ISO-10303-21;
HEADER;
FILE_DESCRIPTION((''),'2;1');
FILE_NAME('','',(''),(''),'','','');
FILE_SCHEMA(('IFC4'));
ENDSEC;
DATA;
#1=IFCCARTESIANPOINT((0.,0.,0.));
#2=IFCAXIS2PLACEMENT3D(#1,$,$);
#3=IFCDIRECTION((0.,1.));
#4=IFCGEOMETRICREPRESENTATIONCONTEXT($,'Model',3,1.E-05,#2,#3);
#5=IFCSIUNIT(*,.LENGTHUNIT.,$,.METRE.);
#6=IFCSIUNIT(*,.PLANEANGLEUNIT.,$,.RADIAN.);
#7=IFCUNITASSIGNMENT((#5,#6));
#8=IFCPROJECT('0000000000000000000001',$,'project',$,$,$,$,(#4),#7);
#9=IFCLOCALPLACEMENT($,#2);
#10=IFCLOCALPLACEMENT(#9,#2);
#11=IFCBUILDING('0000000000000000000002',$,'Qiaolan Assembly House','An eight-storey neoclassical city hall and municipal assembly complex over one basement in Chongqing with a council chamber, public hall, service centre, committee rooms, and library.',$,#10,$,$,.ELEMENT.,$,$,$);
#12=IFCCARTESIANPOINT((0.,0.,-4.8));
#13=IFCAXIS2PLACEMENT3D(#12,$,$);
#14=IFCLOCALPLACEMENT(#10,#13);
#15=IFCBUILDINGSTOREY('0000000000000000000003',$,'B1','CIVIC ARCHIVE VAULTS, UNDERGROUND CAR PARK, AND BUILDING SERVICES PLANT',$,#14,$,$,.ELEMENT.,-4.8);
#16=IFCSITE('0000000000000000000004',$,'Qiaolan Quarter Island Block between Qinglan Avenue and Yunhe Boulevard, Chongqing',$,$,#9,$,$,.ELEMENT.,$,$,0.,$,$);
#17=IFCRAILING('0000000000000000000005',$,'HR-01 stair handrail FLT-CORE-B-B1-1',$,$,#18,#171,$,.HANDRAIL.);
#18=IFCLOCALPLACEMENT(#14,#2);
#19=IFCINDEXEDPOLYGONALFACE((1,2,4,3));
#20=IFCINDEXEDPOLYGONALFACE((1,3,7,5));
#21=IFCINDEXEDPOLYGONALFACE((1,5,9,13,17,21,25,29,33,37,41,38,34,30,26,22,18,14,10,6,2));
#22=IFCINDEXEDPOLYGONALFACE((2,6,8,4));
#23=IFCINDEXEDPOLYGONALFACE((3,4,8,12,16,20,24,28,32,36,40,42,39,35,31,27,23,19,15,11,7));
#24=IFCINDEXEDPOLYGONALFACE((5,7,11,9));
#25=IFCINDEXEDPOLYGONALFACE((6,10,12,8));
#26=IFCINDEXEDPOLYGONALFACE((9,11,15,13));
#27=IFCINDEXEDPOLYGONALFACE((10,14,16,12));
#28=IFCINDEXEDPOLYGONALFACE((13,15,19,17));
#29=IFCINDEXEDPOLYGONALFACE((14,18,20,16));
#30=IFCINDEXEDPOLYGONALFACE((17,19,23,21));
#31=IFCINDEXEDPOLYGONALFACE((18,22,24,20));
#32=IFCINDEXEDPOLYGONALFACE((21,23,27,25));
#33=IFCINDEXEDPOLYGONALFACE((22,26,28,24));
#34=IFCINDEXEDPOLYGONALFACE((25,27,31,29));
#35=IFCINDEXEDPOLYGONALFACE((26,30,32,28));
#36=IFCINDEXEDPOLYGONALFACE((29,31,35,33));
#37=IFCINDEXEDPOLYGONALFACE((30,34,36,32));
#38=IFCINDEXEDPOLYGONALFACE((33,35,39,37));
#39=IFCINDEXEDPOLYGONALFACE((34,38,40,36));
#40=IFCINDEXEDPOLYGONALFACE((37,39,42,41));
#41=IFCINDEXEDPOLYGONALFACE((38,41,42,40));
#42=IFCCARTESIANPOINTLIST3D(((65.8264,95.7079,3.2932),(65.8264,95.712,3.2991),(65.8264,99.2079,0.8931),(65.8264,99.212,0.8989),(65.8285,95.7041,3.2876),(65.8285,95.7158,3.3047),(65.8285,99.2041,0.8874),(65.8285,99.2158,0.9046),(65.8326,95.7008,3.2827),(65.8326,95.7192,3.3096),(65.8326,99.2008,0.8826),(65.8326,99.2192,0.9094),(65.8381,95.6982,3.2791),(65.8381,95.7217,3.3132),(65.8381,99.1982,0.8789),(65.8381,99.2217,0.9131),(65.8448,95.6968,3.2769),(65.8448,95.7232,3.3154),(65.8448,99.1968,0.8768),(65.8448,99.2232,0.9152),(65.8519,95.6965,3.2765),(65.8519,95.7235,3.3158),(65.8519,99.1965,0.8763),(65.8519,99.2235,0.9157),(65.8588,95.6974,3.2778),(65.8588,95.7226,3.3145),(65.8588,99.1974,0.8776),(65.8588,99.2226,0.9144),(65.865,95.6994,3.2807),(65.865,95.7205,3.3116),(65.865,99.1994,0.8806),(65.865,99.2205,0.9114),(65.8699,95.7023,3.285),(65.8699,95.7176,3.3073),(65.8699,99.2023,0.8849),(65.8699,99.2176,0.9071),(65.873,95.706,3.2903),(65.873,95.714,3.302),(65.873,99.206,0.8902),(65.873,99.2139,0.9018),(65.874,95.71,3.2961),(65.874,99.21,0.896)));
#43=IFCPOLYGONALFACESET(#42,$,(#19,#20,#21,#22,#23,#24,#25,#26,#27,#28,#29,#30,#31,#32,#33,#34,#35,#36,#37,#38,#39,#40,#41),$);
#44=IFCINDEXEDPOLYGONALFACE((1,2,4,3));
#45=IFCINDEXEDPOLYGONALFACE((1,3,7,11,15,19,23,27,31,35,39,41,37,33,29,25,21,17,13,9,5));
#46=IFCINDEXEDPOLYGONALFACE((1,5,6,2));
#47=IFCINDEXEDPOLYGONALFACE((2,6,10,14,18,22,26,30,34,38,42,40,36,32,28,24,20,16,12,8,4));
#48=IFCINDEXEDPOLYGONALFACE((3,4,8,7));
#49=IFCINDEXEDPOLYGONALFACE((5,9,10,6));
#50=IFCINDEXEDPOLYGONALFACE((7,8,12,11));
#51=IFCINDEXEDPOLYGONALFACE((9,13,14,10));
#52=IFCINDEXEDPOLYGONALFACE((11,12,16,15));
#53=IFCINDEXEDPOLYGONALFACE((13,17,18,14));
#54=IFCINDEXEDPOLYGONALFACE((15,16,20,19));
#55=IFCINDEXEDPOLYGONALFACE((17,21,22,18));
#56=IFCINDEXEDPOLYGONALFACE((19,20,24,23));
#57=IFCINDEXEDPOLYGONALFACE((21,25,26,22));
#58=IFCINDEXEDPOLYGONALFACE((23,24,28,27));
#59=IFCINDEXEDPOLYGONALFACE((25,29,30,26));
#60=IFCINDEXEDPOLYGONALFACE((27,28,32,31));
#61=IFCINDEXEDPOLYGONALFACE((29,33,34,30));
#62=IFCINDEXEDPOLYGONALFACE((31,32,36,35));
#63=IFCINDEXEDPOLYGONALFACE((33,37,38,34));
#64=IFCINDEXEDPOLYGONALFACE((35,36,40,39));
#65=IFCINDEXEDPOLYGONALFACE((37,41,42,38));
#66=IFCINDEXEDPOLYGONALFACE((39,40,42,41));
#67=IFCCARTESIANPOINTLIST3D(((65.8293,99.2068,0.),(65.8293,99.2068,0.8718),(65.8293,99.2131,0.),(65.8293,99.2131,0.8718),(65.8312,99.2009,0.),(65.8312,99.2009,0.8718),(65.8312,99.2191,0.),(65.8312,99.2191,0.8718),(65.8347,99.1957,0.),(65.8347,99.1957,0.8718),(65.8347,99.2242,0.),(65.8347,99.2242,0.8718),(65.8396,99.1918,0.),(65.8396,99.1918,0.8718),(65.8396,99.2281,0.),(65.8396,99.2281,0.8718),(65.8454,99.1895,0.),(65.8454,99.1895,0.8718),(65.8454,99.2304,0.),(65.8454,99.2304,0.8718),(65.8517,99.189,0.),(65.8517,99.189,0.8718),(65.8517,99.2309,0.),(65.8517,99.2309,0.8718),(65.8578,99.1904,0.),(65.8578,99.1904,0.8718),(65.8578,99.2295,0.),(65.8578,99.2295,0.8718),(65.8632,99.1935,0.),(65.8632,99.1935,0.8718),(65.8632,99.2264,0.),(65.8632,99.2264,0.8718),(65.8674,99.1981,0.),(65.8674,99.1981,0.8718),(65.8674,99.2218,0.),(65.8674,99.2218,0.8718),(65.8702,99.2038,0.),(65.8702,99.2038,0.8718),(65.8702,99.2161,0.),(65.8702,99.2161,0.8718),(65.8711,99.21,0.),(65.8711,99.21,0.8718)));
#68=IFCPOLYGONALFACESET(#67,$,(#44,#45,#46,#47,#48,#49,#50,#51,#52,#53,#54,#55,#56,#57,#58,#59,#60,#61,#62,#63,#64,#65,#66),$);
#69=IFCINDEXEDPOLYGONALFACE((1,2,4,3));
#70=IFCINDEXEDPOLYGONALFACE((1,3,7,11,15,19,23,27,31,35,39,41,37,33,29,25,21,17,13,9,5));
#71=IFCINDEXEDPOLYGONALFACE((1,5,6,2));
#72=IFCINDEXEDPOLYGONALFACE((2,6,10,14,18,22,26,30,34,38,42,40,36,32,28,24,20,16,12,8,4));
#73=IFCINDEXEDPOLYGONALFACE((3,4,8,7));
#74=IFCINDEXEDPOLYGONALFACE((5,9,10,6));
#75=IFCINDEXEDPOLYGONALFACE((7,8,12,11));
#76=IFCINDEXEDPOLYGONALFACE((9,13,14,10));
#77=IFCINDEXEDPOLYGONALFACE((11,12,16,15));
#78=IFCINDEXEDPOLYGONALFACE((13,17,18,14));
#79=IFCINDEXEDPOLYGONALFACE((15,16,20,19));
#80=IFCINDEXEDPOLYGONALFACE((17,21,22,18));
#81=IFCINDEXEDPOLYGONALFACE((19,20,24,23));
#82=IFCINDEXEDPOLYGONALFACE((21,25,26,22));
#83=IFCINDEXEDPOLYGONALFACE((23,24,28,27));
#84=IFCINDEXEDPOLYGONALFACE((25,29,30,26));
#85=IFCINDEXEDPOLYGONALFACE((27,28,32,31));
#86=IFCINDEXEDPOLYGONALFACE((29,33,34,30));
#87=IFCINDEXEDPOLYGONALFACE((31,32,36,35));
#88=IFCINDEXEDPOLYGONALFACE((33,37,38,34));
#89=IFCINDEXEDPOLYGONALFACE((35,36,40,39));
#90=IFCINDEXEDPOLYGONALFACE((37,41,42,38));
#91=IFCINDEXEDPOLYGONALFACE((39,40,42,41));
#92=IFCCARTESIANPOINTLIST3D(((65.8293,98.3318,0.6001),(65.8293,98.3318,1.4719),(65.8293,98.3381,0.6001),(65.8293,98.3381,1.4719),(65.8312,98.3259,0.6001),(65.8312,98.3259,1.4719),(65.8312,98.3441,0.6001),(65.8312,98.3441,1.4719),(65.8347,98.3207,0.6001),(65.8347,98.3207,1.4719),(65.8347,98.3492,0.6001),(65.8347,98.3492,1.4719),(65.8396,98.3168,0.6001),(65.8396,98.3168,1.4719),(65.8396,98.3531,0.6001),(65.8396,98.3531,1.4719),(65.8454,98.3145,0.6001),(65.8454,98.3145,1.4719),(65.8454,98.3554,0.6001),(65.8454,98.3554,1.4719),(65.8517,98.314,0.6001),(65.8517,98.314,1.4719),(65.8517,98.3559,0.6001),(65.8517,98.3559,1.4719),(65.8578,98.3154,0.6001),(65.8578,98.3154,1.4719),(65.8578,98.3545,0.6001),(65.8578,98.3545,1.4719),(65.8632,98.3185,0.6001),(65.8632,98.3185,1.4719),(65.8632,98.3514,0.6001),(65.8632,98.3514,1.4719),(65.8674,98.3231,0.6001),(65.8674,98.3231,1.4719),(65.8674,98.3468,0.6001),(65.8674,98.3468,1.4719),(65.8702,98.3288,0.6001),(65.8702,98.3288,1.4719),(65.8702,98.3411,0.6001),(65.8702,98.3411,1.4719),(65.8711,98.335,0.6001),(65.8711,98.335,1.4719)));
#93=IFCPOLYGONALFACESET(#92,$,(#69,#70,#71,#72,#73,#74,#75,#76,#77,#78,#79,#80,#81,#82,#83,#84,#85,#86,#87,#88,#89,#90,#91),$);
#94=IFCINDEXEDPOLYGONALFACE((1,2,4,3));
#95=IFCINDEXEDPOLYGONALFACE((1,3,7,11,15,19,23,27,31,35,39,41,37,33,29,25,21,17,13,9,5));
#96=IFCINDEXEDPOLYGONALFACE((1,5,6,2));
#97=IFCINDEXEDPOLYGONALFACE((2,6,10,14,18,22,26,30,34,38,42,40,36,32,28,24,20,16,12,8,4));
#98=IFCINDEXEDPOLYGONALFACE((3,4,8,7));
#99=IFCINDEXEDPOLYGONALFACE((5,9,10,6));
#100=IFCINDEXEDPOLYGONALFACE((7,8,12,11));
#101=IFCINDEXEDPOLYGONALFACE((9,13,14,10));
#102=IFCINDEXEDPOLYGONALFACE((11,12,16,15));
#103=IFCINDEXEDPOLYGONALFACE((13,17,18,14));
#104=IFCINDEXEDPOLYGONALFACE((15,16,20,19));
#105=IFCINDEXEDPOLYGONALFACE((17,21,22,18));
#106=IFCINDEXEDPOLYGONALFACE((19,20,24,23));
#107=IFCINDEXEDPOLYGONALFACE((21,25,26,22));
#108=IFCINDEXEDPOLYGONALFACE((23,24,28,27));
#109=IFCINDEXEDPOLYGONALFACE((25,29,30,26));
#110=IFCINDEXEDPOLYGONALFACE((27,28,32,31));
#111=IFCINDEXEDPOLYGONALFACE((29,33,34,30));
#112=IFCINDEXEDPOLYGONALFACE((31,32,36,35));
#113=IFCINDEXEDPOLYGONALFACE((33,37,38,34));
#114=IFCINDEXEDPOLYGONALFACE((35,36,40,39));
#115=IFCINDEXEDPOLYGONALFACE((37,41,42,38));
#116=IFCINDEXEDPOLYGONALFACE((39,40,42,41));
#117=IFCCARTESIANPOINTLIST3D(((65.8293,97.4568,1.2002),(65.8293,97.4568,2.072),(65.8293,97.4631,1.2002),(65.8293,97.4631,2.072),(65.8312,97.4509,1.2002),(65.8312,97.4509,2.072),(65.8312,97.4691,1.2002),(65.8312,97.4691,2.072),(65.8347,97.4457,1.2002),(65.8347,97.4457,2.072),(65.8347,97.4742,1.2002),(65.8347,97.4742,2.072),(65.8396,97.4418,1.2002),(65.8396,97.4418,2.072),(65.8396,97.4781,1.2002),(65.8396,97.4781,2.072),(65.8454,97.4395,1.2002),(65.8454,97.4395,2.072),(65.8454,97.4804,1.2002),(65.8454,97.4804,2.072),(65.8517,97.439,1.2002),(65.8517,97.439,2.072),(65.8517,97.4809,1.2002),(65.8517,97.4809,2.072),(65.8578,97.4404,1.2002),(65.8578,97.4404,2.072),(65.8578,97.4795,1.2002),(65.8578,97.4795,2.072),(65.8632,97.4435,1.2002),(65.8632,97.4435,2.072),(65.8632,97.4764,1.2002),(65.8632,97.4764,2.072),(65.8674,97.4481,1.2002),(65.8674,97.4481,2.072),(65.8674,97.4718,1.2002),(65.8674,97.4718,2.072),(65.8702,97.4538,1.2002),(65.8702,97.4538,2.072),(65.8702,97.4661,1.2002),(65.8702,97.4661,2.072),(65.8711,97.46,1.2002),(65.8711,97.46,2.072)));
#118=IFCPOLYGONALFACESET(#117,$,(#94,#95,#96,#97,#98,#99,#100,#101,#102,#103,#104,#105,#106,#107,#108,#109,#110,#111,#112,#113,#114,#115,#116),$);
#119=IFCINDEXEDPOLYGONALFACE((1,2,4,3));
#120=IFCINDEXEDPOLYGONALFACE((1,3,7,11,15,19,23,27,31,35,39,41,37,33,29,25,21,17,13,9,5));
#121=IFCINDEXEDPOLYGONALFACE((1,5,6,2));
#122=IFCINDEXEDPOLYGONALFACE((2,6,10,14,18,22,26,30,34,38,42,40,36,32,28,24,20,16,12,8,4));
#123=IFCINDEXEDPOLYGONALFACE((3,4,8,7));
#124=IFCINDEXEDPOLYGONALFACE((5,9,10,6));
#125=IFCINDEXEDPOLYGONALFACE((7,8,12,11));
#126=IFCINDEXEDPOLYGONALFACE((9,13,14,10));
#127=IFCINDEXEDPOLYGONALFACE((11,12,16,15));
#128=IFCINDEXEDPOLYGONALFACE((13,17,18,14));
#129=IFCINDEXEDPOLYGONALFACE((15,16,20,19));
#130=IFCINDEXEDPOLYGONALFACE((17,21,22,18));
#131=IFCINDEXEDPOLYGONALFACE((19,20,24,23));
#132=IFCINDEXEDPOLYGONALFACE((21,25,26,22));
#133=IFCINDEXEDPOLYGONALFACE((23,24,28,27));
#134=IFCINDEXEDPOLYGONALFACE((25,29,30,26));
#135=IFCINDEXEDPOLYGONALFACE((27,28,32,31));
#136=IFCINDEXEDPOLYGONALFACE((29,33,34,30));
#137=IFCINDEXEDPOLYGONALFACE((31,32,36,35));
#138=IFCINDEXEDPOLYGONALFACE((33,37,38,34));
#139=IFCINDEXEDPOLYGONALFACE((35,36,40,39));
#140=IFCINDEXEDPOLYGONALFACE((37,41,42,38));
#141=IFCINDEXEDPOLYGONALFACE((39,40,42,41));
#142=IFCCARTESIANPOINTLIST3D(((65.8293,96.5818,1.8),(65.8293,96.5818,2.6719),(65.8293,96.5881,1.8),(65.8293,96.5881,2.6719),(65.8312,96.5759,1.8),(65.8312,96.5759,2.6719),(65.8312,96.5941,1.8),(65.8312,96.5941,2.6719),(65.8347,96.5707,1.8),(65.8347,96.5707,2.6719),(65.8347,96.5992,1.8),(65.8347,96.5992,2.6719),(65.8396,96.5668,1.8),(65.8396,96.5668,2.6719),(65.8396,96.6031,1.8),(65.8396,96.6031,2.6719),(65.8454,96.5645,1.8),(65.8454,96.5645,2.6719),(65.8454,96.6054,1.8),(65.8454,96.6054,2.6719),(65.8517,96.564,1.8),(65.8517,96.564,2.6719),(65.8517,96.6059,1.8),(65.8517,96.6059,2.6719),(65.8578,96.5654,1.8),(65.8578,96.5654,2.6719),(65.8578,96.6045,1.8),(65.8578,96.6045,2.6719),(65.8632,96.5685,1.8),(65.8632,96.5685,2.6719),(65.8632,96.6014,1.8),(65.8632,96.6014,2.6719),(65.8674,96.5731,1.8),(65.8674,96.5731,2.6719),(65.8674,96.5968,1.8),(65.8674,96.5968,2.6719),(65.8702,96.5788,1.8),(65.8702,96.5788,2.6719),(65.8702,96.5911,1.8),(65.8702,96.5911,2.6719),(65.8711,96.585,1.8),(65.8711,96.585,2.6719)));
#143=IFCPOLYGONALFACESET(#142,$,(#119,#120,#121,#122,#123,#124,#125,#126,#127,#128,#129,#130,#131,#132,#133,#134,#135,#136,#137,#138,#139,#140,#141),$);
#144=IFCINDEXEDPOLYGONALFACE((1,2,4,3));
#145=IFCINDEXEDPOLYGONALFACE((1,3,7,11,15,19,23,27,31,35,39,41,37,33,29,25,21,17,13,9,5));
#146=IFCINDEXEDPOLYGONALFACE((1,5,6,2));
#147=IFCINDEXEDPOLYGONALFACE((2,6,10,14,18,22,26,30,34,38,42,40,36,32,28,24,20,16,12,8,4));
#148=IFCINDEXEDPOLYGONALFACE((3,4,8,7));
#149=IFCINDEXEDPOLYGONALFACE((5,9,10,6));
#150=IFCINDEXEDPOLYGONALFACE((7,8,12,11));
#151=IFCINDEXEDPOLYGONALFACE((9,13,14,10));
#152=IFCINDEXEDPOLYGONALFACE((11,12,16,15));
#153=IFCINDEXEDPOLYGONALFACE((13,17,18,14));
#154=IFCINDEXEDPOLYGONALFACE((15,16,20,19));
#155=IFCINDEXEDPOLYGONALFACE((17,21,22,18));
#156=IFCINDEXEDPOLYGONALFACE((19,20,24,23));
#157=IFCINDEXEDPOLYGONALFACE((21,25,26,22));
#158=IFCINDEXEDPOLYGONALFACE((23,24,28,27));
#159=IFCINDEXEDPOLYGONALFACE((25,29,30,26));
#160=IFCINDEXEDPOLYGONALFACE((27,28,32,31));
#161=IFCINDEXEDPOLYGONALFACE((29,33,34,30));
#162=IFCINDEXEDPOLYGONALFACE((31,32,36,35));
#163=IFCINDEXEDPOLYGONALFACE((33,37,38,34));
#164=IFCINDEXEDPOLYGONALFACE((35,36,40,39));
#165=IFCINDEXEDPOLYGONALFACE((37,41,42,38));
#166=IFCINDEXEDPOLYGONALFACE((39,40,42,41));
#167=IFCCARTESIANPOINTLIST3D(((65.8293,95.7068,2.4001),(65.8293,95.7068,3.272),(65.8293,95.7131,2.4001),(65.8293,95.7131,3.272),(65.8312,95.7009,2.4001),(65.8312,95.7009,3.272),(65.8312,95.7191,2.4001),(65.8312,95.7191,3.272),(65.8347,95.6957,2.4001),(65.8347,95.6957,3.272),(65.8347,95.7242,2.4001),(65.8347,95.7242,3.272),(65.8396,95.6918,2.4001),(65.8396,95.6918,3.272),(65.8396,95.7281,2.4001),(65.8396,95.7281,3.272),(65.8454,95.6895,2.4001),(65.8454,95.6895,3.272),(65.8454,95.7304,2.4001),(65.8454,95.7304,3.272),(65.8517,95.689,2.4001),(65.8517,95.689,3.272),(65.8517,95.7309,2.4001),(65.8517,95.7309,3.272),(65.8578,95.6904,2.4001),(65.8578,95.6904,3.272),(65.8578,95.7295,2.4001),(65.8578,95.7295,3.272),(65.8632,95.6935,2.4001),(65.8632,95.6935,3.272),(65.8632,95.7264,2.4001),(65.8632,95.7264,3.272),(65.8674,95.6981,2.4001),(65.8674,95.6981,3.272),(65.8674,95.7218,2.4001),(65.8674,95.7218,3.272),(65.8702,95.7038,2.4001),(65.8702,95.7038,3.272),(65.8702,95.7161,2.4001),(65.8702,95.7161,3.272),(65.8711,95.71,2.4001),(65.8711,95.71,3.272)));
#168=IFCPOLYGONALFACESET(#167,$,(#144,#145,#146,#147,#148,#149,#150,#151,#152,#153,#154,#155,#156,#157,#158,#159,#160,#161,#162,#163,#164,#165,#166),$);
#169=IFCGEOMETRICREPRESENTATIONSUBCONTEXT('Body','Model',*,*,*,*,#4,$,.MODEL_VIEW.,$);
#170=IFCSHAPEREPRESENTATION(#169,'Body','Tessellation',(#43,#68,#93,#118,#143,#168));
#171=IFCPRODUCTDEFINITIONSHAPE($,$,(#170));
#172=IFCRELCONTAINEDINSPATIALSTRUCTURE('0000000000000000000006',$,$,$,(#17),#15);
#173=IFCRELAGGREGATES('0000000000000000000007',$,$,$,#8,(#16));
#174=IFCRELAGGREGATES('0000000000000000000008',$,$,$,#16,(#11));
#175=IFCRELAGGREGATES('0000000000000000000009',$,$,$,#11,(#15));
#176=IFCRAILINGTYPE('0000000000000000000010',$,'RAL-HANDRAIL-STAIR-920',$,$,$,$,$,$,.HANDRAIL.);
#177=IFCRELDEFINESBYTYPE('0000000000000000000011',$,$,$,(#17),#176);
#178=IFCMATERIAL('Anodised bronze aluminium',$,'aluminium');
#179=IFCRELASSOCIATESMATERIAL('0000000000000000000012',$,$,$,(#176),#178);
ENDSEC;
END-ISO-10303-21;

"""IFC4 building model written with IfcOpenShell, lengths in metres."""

from ifc_helpers import new_model, si_unit, direction, frame, origin, origin_2d, place, context, subcontext, project, spatial, circle, extrude, material, type_object, element, save


model = new_model("IFC4")

# Units and contexts
model_context = context("Model", 3, precision=1e-05, world=origin(), true_north=direction((0.0, 1.0)))
body_context = subcontext(model_context, "Body", "Model", "MODEL_VIEW")
ifc_project = project(units=[si_unit("LENGTHUNIT", "METRE"), si_unit("PLANEANGLEUNIT", "RADIAN")], contexts=[model_context])

# Site, building, storey
site_placement = place(None, origin())
site = spatial("IfcSite", under=ifc_project, at=site_placement, Name="Qiaolan Quarter Island Block between Qinglan Avenue and Yunhe Boulevard, Chongqing", CompositionType="ELEMENT", RefElevation=0.0)
building_placement = place(site_placement, origin())
building = spatial("IfcBuilding", under=site, at=building_placement, Name="Qiaolan Assembly House", Description="An eight-storey neoclassical city hall and municipal assembly complex over one basement in Chongqing with a council chamber, public hall, service centre, committee rooms, and library.", CompositionType="ELEMENT")
storey_placement = place(building_placement, frame((0.0, 0.0, -4.8)))
storey = spatial("IfcBuildingStorey", under=building, at=storey_placement, Name="B1", Description="CIVIC ARCHIVE VAULTS, UNDERGROUND CAR PARK, AND BUILDING SERVICES PLANT", CompositionType="ELEMENT", Elevation=-4.8)

# Shared definitions
ifc_material_1 = material(Name="Anodised bronze aluminium", Category="aluminium")

# Railing
railing_type_1 = type_object("IfcRailingType", Name="RAL-HANDRAIL-STAIR-920", PredefinedType="HANDRAIL", material=ifc_material_1)
railing_1_placement = place(storey_placement, frame((65.8501, 99.21, 0.0)))
element("IfcRailing", 1, at=railing_1_placement, inside=storey, type_object=railing_type_1, Name="HR-01 stair handrail FLT-CORE-B-B1-1", PredefinedType="HANDRAIL", context=body_context, shape_type="SweptSolid", body=[
    extrude(circle(Radius=0.0239, at=origin_2d()), frame((0.0, 0.0, 0.896), z_axis=(0.0, -0.824713, 0.565552), x_axis=(1.0, 0.0, 0.0)), (0.0, 0.0, 1.0), 4.2439),
    extrude(circle(Radius=0.021, at=origin_2d()), origin(), (0.0, 0.0, 1.0), 0.8718),
    extrude(circle(Radius=0.021, at=origin_2d()), frame((0.0, -0.875, 0.6001)), (0.0, 0.0, 1.0), 0.8718),
    extrude(circle(Radius=0.021, at=origin_2d()), frame((0.0, -1.75, 1.2002)), (0.0, 0.0, 1.0), 0.8718),
    extrude(circle(Radius=0.021, at=origin_2d()), frame((0.0, -2.625, 1.8)), (0.0, 0.0, 1.0), 0.8718),
    extrude(circle(Radius=0.021, at=origin_2d()), frame((0.0, -3.5, 2.4001)), (0.0, 0.0, 1.0), 0.8718),
])

save(model, "model.ifc")
